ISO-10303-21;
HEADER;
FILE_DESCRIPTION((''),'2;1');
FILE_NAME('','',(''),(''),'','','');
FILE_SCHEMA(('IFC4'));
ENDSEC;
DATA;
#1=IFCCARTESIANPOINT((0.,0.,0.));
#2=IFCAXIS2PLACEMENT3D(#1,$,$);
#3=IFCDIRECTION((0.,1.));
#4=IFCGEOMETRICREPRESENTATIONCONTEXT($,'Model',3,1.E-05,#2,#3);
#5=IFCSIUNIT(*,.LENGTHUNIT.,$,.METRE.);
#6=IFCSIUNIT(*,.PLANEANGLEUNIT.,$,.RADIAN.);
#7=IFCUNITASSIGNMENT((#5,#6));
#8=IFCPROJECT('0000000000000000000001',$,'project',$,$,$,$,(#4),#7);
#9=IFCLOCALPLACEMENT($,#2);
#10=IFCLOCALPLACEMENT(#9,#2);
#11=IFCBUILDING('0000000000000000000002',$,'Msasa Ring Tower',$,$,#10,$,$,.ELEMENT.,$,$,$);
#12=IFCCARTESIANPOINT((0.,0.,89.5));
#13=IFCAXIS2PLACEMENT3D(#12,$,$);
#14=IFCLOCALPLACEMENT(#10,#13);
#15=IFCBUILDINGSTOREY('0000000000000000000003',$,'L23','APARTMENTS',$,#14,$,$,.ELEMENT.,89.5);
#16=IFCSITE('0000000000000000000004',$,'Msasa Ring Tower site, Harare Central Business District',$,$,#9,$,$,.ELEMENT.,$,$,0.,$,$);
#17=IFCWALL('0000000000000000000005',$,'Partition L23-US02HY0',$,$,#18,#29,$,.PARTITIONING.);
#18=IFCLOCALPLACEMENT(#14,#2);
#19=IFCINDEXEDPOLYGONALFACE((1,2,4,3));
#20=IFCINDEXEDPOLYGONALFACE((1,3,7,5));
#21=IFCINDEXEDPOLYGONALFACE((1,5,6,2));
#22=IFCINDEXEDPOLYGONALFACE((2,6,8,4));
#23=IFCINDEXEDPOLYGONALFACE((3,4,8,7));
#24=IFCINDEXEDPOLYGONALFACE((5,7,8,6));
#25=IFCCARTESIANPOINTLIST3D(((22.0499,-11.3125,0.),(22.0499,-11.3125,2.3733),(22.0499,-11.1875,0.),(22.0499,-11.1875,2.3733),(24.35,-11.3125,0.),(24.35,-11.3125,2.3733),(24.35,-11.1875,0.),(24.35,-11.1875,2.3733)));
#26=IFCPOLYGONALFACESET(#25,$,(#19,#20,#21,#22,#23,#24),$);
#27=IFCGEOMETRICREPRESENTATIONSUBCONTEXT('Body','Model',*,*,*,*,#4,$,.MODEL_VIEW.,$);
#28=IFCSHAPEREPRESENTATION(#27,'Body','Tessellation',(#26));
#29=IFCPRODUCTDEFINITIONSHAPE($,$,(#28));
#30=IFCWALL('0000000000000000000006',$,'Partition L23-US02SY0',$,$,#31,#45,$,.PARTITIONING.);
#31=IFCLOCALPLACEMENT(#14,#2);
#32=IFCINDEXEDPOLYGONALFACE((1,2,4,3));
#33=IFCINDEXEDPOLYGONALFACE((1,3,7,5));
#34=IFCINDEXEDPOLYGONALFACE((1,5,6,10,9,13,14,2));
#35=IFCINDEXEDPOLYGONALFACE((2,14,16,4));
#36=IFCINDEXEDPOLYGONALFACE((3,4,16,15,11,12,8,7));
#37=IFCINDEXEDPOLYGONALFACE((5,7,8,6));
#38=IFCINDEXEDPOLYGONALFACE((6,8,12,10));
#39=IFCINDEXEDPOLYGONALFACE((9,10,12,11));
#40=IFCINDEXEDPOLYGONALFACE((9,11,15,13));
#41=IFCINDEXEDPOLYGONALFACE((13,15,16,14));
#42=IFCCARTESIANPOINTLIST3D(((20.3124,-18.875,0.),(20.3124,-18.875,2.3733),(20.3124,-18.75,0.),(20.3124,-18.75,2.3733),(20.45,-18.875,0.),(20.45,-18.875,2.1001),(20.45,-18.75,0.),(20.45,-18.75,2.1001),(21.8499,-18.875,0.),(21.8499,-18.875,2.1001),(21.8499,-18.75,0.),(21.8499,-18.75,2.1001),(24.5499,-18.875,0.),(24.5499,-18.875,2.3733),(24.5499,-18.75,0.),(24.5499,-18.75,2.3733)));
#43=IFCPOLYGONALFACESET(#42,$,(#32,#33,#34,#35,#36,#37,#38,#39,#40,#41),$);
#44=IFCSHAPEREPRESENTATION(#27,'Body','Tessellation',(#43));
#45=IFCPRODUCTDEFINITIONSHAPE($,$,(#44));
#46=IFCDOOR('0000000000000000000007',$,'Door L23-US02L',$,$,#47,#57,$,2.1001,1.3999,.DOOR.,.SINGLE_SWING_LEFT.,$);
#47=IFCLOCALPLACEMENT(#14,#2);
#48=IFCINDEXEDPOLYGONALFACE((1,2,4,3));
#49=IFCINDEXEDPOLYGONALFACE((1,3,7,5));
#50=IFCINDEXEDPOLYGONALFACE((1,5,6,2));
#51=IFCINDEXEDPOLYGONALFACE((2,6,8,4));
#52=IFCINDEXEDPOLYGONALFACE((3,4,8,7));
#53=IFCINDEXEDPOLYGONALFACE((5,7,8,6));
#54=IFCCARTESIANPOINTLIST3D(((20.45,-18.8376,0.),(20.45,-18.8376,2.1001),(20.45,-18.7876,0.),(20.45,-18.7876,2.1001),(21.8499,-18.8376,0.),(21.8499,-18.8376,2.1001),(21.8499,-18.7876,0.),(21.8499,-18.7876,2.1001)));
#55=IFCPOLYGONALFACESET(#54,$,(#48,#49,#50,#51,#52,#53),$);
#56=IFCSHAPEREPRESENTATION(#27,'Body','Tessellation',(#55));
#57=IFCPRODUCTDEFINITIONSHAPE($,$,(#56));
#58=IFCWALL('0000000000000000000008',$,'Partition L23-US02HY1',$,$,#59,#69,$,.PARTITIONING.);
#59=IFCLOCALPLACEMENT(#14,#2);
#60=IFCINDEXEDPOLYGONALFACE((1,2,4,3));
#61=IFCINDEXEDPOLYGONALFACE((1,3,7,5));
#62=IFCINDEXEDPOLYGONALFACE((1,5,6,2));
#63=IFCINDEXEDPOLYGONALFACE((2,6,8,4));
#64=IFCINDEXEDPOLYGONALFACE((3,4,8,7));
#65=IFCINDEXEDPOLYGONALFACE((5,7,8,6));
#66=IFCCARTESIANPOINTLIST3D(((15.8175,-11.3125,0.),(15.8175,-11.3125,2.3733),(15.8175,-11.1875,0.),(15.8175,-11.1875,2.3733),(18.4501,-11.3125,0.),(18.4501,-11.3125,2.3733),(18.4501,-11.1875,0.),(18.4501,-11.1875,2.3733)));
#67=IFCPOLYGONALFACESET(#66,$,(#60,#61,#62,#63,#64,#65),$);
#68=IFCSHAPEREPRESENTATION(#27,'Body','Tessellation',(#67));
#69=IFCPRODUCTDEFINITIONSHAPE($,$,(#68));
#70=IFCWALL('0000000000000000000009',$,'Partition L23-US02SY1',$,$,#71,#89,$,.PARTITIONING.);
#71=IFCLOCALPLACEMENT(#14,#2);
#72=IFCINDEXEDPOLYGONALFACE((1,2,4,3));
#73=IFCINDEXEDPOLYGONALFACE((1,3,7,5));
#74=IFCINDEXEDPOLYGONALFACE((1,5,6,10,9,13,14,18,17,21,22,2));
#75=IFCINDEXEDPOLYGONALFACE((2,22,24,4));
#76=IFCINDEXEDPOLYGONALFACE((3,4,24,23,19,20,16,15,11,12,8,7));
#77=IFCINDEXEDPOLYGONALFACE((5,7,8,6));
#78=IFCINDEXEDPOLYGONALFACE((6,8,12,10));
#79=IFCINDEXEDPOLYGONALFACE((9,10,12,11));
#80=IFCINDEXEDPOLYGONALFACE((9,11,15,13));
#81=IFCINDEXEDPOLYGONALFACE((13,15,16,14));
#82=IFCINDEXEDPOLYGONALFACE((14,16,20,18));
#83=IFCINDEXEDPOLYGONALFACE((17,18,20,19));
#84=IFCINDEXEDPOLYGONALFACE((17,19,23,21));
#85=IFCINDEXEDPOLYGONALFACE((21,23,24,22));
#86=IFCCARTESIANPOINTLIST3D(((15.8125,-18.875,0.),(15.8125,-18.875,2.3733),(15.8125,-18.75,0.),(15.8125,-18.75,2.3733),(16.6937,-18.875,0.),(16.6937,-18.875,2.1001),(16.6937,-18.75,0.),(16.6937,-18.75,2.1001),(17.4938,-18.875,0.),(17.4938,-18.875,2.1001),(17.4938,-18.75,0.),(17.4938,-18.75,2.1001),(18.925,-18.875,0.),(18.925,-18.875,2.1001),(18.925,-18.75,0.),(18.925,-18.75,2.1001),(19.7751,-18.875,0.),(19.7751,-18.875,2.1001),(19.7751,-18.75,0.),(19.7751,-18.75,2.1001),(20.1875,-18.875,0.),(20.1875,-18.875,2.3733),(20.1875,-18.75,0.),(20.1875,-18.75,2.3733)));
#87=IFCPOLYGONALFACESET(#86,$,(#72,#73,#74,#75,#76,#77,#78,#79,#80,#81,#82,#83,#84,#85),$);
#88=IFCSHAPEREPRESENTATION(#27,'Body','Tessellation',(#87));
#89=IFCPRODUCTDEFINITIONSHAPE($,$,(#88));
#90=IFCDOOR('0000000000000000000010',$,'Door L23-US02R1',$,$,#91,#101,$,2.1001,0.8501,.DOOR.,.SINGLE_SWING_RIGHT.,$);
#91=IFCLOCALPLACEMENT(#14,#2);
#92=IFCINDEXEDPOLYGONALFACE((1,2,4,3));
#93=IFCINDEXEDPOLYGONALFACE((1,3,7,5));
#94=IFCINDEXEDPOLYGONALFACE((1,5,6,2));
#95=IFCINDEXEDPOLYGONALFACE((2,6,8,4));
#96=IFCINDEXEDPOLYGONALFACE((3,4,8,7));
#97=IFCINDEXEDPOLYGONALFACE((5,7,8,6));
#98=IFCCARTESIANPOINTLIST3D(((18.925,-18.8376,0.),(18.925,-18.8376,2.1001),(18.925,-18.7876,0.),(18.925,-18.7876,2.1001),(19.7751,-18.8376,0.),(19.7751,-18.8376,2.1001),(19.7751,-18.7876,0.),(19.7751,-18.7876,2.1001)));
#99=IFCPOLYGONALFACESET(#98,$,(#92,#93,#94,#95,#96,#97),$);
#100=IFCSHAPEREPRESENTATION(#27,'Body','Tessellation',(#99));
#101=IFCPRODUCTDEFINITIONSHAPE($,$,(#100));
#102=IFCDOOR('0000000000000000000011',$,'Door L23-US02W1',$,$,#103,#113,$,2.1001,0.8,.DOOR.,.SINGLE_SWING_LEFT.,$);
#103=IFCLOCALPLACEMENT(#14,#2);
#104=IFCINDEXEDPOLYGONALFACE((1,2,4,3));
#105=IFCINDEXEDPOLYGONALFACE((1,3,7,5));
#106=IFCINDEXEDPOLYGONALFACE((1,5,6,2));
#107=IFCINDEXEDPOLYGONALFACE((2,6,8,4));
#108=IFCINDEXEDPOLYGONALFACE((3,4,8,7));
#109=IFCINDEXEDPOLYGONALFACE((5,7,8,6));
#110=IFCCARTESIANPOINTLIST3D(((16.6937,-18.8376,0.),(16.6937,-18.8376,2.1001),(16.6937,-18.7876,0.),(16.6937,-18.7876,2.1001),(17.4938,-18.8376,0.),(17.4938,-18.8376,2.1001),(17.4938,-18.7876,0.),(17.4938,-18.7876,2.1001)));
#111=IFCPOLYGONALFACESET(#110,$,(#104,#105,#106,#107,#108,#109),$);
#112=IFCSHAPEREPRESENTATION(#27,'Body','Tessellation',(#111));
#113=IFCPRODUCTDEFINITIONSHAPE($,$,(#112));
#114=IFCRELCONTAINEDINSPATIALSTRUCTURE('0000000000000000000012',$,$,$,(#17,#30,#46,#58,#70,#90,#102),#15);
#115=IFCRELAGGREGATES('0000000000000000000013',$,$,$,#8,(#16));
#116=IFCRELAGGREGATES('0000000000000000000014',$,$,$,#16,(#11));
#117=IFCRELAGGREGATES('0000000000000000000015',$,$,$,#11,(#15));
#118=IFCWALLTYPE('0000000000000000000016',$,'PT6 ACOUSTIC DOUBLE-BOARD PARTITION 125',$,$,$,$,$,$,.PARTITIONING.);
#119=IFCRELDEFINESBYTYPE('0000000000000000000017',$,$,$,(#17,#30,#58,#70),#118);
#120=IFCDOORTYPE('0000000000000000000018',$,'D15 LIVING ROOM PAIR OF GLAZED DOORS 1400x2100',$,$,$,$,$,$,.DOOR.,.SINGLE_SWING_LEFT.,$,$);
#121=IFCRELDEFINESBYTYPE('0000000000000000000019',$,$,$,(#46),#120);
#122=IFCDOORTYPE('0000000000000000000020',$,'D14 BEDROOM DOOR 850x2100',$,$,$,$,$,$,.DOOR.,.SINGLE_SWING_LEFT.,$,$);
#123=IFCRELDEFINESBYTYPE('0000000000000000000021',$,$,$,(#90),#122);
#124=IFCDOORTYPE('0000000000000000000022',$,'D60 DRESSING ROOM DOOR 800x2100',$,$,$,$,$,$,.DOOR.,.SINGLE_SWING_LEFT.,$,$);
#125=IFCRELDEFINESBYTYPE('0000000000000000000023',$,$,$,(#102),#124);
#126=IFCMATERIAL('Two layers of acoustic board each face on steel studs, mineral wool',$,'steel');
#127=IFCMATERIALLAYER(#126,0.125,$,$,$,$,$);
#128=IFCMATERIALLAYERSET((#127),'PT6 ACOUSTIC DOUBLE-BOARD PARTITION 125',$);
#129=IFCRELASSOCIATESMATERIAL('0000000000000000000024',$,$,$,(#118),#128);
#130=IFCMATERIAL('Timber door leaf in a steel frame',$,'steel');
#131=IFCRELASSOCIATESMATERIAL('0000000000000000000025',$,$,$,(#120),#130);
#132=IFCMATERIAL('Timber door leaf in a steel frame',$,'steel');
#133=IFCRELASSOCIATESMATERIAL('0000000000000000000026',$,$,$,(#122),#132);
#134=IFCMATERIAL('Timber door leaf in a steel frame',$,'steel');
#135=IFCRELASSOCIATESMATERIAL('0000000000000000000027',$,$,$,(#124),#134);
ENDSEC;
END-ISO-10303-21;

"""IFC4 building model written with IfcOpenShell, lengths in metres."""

from ifc_helpers import new_model, si_unit, direction, frame, frame_2d, origin, place, context, subcontext, project, spatial, rectangle, extrude, material, layer, layer_set, type_object, element, fill, save


model = new_model("IFC4")

# Units and contexts
model_context = context("Model", 3, precision=1e-05, world=origin(), true_north=direction((0.0, 1.0)))
body_context = subcontext(model_context, "Body", "Model", "MODEL_VIEW")
ifc_project = project(units=[si_unit("LENGTHUNIT", "METRE"), si_unit("PLANEANGLEUNIT", "RADIAN")], contexts=[model_context])

# Site, building, storey
site_placement = place(None, origin())
site = spatial("IfcSite", under=ifc_project, at=site_placement, Name="Msasa Ring Tower site, Harare Central Business District", CompositionType="ELEMENT", RefElevation=0.0)
building_placement = place(site_placement, origin())
building = spatial("IfcBuilding", under=site, at=building_placement, Name="Msasa Ring Tower", CompositionType="ELEMENT")
storey_placement = place(building_placement, frame((0.0, 0.0, 89.5)))
storey = spatial("IfcBuildingStorey", under=building, at=storey_placement, Name="L23", Description="APARTMENTS", CompositionType="ELEMENT", Elevation=89.5)

# Wall
ifc_material_1 = material(Name="Two layers of acoustic board each face on steel studs, mineral wool", Category="steel")
ifc_layer_1 = layer(ifc_material_1, 0.125)
ifc_layer_set_1 = layer_set([ifc_layer_1], Name="PT6 ACOUSTIC DOUBLE-BOARD PARTITION 125")
wall_type_1 = type_object("IfcWallType", Name="PT6 ACOUSTIC DOUBLE-BOARD PARTITION 125", PredefinedType="PARTITIONING", material=ifc_layer_set_1)
wall_1_placement = place(storey_placement, frame((22.05, -11.25, 0.0), z_axis=(0.0, 0.0, 1.0), x_axis=(1.0, 0.0, 0.0)))
element("IfcWall", 1, at=wall_1_placement, inside=storey, type_object=wall_type_1, Name="Partition L23-US02HY0", PredefinedType="PARTITIONING", context=body_context, shape_type="SweptSolid", body=[
    extrude(rectangle(XDim=2.3, YDim=0.125, at=frame_2d((1.1499, 0.0))), origin(), (0.0, 0.0, 1.0), 2.3733),
])

# Wall, opening, door
wall_2_placement = place(storey_placement, frame((20.3125, -18.8125, 0.0), z_axis=(0.0, 0.0, 1.0), x_axis=(1.0, 0.0, 0.0)))
wall_2 = element("IfcWall", 2, at=wall_2_placement, inside=storey, type_object=wall_type_1, Name="Partition L23-US02SY0", PredefinedType="PARTITIONING", context=body_context, shape_type="SweptSolid", body=[
    extrude(rectangle(XDim=4.2375, YDim=0.125, at=frame_2d((2.1187, 0.0))), origin(), (0.0, 0.0, 1.0), 2.3733),
])
opening_1_placement = place(wall_2_placement, frame((0.1375, 0.0, 0.0)))
opening_1 = element("IfcOpeningElement", 3, at=opening_1_placement, cuts=wall_2, PredefinedType="OPENING", context=body_context, shape_type="SweptSolid", body=[
    extrude(rectangle(XDim=1.3999, YDim=2.1001, at=frame_2d((0.7, 1.05))), frame((0.0, 0.0725, 0.0), z_axis=(0.0, -1.0, 0.0), x_axis=(1.0, 0.0, 0.0)), (0.0, 0.0, 1.0), 0.145),
])
ifc_material_2 = material(Name="Timber door leaf in a steel frame", Category="steel")
door_type_1 = type_object("IfcDoorType", Name="D15 LIVING ROOM PAIR OF GLAZED DOORS 1400x2100", OperationType="SINGLE_SWING_LEFT", PredefinedType="DOOR", material=ifc_material_2)
door_1_placement = place(opening_1_placement, origin())
door_1 = element("IfcDoor", 4, at=door_1_placement, inside=storey, type_object=door_type_1, Name="Door L23-US02L", OperationType="SINGLE_SWING_LEFT", OverallHeight=2.1001, OverallWidth=1.3999, PredefinedType="DOOR", context=body_context, shape_type="SweptSolid", body=[
    extrude(rectangle(XDim=1.3999, YDim=2.1001, at=frame_2d((0.7, 1.05))), frame((0.0, 0.0249, 0.0), z_axis=(0.0, -1.0, 0.0), x_axis=(1.0, 0.0, 0.0)), (0.0, 0.0, 1.0), 0.05),
])
fill(opening_1, door_1)

# Wall
wall_3_placement = place(storey_placement, frame((15.8174, -11.25, 0.0), z_axis=(0.0, 0.0, 1.0), x_axis=(1.0, 0.0, 0.0)))
element("IfcWall", 5, at=wall_3_placement, inside=storey, type_object=wall_type_1, Name="Partition L23-US02HY1", PredefinedType="PARTITIONING", context=body_context, shape_type="SweptSolid", body=[
    extrude(rectangle(XDim=2.6326, YDim=0.125, at=frame_2d((1.3164, 0.0))), origin(), (0.0, 0.0, 1.0), 2.3733),
])

# Wall, openings, doors
wall_4_placement = place(storey_placement, frame((15.8125, -18.8125, 0.0), z_axis=(0.0, 0.0, 1.0), x_axis=(1.0, 0.0, 0.0)))
wall_4 = element("IfcWall", 6, at=wall_4_placement, inside=storey, type_object=wall_type_1, Name="Partition L23-US02SY1", PredefinedType="PARTITIONING", context=body_context, shape_type="SweptSolid", body=[
    extrude(rectangle(XDim=4.375, YDim=0.125, at=frame_2d((2.1875, 0.0))), origin(), (0.0, 0.0, 1.0), 2.3733),
])
opening_2_placement = place(wall_4_placement, frame((3.1125, 0.0, 0.0)))
opening_2 = element("IfcOpeningElement", 7, at=opening_2_placement, cuts=wall_4, PredefinedType="OPENING", context=body_context, shape_type="SweptSolid", body=[
    extrude(rectangle(XDim=0.8501, YDim=2.1001, at=frame_2d((0.425, 1.05))), frame((0.0, 0.0725, 0.0), z_axis=(0.0, -1.0, 0.0), x_axis=(1.0, 0.0, 0.0)), (0.0, 0.0, 1.0), 0.145),
])
opening_3_placement = place(wall_4_placement, frame((0.8813, 0.0, 0.0)))
opening_3 = element("IfcOpeningElement", 8, at=opening_3_placement, cuts=wall_4, PredefinedType="OPENING", context=body_context, shape_type="SweptSolid", body=[
    extrude(rectangle(XDim=0.8, YDim=2.1001, at=frame_2d((0.3999, 1.05))), frame((0.0, 0.0725, 0.0), z_axis=(0.0, -1.0, 0.0), x_axis=(1.0, 0.0, 0.0)), (0.0, 0.0, 1.0), 0.145),
])
ifc_material_3 = material(Name="Timber door leaf in a steel frame", Category="steel")
door_type_2 = type_object("IfcDoorType", Name="D14 BEDROOM DOOR 850x2100", OperationType="SINGLE_SWING_LEFT", PredefinedType="DOOR", material=ifc_material_3)
door_2_placement = place(opening_2_placement, origin())
door_2 = element("IfcDoor", 9, at=door_2_placement, inside=storey, type_object=door_type_2, Name="Door L23-US02R1", OperationType="SINGLE_SWING_RIGHT", OverallHeight=2.1001, OverallWidth=0.8501, PredefinedType="DOOR", context=body_context, shape_type="SweptSolid", body=[
    extrude(rectangle(XDim=0.8501, YDim=2.1001, at=frame_2d((0.425, 1.05))), frame((0.0, 0.0249, 0.0), z_axis=(0.0, -1.0, 0.0), x_axis=(1.0, 0.0, 0.0)), (0.0, 0.0, 1.0), 0.05),
])
fill(opening_2, door_2)
ifc_material_4 = material(Name="Timber door leaf in a steel frame", Category="steel")
door_type_3 = type_object("IfcDoorType", Name="D60 DRESSING ROOM DOOR 800x2100", OperationType="SINGLE_SWING_LEFT", PredefinedType="DOOR", material=ifc_material_4)
door_3_placement = place(opening_3_placement, origin())
door_3 = element("IfcDoor", 10, at=door_3_placement, inside=storey, type_object=door_type_3, Name="Door L23-US02W1", OperationType="SINGLE_SWING_LEFT", OverallHeight=2.1001, OverallWidth=0.8, PredefinedType="DOOR", context=body_context, shape_type="SweptSolid", body=[
    extrude(rectangle(XDim=0.8, YDim=2.1001, at=frame_2d((0.3999, 1.05))), frame((0.0, 0.0249, 0.0), z_axis=(0.0, -1.0, 0.0), x_axis=(1.0, 0.0, 0.0)), (0.0, 0.0, 1.0), 0.05),
])
fill(opening_3, door_3)

save(model, "model.ifc")
